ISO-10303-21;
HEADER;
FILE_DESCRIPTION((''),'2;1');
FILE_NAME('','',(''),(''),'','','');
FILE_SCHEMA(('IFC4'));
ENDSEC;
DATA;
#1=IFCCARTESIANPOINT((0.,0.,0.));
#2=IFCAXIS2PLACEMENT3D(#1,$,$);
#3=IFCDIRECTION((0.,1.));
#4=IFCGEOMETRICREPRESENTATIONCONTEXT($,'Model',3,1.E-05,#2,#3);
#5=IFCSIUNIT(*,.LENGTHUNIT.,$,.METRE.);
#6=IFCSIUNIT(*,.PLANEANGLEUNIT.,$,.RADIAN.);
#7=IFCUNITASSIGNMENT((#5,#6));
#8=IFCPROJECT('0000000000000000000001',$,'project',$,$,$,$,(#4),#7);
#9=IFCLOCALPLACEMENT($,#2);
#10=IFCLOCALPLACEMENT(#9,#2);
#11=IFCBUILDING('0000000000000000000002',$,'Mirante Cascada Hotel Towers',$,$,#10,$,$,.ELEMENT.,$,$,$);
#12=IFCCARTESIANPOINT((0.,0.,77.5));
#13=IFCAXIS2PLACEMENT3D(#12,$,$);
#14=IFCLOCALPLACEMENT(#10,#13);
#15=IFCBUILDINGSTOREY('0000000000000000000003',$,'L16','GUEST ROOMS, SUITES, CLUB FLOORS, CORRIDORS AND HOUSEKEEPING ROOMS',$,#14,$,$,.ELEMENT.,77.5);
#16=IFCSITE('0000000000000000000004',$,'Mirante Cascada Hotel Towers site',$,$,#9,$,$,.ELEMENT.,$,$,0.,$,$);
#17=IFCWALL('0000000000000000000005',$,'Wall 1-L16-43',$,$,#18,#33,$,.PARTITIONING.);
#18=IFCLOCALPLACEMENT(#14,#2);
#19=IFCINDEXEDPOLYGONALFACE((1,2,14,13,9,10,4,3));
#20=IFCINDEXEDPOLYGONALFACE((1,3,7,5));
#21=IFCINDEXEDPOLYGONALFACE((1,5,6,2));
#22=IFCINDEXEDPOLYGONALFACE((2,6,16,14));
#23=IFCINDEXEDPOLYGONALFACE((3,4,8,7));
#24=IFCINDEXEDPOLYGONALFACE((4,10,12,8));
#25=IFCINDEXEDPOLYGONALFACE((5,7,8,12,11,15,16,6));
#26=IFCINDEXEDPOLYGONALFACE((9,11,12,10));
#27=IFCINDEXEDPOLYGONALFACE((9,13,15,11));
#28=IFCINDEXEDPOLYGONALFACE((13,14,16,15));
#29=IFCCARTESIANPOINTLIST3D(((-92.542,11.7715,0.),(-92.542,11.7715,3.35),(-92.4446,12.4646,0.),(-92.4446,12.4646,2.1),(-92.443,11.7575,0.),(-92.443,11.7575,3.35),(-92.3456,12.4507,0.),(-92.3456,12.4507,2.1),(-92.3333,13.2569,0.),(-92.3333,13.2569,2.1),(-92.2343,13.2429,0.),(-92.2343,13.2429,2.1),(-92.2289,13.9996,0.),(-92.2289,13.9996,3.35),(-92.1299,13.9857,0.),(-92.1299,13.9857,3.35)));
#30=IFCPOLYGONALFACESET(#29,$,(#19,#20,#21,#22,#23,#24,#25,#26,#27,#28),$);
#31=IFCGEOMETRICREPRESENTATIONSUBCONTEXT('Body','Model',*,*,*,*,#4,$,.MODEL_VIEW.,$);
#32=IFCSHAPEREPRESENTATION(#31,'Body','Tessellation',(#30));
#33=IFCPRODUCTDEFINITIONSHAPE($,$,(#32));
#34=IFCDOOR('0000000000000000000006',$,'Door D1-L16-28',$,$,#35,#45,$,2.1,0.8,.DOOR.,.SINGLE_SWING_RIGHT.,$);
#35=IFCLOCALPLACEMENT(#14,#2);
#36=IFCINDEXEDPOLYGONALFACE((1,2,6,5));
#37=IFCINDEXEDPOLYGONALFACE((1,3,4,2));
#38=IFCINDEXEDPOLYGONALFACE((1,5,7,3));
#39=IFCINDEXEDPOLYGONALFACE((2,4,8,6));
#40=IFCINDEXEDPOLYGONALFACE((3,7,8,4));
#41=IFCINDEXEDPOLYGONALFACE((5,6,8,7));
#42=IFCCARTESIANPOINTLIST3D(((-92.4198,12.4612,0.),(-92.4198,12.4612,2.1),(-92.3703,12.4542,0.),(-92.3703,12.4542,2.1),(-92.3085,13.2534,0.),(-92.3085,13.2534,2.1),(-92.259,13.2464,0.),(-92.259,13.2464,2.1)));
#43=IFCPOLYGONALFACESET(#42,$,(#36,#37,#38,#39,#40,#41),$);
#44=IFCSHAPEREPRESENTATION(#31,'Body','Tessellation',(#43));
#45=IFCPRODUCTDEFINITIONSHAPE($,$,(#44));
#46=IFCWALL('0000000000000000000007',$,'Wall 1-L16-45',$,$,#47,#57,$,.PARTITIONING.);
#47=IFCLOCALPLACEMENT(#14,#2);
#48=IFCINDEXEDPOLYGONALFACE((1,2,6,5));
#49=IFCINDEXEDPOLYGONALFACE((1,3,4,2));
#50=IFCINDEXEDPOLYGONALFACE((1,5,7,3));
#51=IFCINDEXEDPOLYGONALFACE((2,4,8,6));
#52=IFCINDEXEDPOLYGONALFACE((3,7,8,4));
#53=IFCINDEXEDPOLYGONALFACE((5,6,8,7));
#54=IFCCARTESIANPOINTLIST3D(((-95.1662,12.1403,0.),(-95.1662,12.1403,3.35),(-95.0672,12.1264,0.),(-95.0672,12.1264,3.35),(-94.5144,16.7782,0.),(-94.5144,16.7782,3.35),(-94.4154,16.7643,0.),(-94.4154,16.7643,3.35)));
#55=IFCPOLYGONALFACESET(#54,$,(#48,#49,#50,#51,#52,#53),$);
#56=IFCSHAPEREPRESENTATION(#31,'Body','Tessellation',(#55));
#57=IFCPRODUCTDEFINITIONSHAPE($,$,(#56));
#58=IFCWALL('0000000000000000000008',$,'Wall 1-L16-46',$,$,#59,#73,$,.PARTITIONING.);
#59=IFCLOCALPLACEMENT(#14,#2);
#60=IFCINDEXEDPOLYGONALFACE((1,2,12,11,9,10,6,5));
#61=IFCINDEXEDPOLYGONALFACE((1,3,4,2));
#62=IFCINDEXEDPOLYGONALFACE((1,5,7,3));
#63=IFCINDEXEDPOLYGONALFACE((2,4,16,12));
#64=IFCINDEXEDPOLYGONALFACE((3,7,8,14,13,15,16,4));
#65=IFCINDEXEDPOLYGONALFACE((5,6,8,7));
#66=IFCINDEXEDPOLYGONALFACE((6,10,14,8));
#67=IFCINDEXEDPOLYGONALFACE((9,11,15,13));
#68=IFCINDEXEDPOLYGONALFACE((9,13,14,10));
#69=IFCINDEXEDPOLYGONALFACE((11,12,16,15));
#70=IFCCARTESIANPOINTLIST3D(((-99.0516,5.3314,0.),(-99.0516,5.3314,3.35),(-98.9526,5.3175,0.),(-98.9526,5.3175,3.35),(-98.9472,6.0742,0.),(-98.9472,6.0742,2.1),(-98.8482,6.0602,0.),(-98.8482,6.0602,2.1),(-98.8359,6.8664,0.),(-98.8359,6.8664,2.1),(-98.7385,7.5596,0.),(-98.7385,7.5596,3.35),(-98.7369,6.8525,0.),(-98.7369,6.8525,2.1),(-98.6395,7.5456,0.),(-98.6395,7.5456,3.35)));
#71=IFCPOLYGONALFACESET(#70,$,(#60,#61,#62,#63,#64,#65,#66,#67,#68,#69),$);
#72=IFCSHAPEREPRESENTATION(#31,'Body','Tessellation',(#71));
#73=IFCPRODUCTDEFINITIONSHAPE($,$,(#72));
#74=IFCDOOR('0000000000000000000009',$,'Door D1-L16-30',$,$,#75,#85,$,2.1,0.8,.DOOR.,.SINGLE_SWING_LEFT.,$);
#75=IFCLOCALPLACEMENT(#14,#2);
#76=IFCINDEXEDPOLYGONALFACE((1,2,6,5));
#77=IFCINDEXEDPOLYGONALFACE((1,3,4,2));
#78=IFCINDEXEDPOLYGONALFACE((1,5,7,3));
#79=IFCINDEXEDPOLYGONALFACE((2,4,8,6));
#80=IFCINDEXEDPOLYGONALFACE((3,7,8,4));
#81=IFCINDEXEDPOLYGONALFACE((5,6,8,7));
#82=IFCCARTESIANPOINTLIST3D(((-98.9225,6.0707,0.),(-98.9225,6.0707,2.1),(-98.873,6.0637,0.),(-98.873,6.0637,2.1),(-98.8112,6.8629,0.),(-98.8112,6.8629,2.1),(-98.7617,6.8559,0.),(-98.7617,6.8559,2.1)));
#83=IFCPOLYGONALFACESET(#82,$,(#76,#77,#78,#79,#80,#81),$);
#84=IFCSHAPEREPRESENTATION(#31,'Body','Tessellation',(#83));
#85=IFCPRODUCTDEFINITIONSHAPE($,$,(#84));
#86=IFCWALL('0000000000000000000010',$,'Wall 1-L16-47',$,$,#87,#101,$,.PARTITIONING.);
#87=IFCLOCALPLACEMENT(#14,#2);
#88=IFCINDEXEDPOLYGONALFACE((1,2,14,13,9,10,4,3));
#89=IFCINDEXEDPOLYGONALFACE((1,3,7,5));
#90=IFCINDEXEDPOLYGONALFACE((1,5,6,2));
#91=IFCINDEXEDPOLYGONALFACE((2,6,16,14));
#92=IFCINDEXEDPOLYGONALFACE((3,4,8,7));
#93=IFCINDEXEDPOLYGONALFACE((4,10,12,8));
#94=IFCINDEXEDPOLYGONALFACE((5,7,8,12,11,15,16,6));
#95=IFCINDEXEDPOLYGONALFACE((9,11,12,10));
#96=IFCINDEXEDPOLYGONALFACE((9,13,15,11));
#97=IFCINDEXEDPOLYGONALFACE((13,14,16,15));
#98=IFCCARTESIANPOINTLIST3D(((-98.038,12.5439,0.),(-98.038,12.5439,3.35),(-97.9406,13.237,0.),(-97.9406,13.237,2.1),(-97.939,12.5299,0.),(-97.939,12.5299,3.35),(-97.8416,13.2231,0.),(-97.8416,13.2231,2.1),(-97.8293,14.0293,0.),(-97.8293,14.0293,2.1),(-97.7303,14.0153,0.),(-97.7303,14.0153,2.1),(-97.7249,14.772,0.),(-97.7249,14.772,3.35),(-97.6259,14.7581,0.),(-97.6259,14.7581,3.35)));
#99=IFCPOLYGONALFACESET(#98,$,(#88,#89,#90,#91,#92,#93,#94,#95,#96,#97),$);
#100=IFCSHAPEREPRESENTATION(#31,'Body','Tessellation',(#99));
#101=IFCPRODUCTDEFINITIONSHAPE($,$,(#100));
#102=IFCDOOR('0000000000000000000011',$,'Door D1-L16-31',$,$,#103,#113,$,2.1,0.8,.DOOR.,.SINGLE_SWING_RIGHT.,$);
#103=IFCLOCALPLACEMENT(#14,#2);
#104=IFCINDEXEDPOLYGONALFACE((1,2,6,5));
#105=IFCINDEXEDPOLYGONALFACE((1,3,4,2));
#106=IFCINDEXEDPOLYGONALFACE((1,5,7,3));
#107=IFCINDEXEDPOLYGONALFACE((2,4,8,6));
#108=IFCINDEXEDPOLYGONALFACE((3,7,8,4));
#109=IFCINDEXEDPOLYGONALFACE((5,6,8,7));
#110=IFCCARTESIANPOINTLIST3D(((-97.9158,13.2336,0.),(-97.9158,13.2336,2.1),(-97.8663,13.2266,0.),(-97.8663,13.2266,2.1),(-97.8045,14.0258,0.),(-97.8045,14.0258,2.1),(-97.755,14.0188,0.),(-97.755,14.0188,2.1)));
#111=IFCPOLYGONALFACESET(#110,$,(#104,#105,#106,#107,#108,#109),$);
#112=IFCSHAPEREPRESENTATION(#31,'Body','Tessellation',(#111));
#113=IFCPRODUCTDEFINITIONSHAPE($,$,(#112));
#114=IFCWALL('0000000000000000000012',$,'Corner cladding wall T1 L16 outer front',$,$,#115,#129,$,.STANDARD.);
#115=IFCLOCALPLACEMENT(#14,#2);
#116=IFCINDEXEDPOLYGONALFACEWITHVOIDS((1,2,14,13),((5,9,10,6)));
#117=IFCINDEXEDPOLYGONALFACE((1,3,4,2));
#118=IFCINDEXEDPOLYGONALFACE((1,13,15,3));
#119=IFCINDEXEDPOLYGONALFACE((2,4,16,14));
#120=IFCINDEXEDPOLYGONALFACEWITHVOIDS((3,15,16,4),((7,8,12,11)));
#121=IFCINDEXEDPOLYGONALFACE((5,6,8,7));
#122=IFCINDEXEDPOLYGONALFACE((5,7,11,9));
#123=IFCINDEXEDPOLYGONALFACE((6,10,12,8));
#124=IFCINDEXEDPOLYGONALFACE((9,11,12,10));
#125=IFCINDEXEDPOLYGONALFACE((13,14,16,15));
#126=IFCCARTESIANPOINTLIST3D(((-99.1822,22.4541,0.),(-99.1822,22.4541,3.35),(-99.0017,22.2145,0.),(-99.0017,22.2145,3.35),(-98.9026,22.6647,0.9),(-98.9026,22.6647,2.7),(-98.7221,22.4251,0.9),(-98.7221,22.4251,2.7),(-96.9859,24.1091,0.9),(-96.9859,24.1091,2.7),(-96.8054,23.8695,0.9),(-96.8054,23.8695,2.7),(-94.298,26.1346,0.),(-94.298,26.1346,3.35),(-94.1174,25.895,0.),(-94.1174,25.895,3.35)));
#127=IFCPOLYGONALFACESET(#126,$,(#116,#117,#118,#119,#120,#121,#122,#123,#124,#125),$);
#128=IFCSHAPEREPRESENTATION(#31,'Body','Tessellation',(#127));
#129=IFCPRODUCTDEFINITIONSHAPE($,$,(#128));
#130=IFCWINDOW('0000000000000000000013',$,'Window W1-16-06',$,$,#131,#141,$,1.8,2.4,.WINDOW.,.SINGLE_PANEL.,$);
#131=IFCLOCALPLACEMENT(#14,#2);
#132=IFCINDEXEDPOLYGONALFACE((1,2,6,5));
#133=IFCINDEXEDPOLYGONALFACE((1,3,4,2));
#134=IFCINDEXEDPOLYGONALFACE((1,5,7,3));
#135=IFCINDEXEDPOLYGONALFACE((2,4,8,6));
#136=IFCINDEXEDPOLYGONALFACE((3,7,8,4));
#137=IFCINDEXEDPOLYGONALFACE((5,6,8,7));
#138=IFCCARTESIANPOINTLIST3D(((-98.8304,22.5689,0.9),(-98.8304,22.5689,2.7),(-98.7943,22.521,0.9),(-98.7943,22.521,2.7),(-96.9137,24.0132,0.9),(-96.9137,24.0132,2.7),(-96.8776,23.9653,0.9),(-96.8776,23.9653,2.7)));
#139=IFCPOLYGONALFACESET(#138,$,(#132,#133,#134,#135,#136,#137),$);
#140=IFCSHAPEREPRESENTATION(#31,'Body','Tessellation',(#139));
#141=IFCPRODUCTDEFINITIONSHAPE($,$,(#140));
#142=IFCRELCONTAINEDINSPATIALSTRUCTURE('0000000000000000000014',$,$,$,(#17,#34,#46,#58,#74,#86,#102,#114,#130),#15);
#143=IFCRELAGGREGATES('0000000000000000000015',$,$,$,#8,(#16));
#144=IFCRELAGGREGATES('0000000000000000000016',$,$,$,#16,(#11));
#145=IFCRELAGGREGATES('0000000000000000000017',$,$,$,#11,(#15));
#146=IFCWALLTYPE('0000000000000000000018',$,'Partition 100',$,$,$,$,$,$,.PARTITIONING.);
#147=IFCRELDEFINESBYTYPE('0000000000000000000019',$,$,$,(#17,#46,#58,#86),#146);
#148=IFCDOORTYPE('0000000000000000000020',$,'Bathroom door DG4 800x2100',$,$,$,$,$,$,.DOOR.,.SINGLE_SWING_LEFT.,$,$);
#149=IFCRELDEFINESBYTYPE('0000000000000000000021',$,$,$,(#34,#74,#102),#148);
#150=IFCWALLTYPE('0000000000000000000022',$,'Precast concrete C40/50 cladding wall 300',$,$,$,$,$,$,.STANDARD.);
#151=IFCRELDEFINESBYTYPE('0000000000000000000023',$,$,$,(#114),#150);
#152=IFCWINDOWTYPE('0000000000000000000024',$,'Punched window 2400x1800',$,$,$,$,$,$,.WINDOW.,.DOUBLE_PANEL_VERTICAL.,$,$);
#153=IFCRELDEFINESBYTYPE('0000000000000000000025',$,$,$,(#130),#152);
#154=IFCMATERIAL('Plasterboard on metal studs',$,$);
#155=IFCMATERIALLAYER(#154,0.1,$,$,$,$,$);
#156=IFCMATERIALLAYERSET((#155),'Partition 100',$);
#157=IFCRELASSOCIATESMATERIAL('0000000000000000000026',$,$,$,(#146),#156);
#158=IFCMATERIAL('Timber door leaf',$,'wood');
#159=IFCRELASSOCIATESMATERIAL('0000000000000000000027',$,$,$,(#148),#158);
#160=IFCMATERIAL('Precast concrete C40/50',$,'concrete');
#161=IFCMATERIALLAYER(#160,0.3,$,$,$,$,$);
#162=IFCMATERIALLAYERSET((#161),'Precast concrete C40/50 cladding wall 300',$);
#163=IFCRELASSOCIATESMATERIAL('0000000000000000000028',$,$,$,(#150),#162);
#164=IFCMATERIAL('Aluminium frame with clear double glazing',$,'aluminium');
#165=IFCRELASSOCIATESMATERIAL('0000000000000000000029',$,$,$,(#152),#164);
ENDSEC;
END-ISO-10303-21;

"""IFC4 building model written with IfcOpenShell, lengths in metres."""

from ifc_helpers import new_model, si_unit, direction, frame, frame_2d, origin, place, context, subcontext, project, spatial, rectangle, extrude, material, layer, layer_set, type_object, element, fill, save


model = new_model("IFC4")

# Units and contexts
model_context = context("Model", 3, precision=1e-05, world=origin(), true_north=direction((0.0, 1.0)))
body_context = subcontext(model_context, "Body", "Model", "MODEL_VIEW")
ifc_project = project(units=[si_unit("LENGTHUNIT", "METRE"), si_unit("PLANEANGLEUNIT", "RADIAN")], contexts=[model_context])

# Site, building, storey
site_placement = place(None, origin())
site = spatial("IfcSite", under=ifc_project, at=site_placement, Name="Mirante Cascada Hotel Towers site", CompositionType="ELEMENT", RefElevation=0.0)
building_placement = place(site_placement, origin())
building = spatial("IfcBuilding", under=site, at=building_placement, Name="Mirante Cascada Hotel Towers", CompositionType="ELEMENT")
storey_placement = place(building_placement, frame((0.0, 0.0, 77.5)))
storey = spatial("IfcBuildingStorey", under=building, at=storey_placement, Name="L16", Description="GUEST ROOMS, SUITES, CLUB FLOORS, CORRIDORS AND HOUSEKEEPING ROOMS", CompositionType="ELEMENT", Elevation=77.5)

# Shared definitions
ifc_material_1 = material(Name="Plasterboard on metal studs")
ifc_layer_1 = layer(ifc_material_1, 0.1)
ifc_layer_set_1 = layer_set([ifc_layer_1], Name="Partition 100")
wall_type_1 = type_object("IfcWallType", Name="Partition 100", PredefinedType="PARTITIONING", material=ifc_layer_set_1)

# Wall, opening, door
wall_1_placement = place(storey_placement, frame((-92.4925, 11.7645, 0.0), z_axis=(0.0, 0.0, 1.0), x_axis=(0.139156, 0.990271, 0.0)))
wall_1 = element("IfcWall", 1, at=wall_1_placement, inside=storey, type_object=wall_type_1, Name="Wall 1-L16-43", PredefinedType="PARTITIONING", context=body_context, shape_type="SweptSolid", body=[
    extrude(rectangle(XDim=2.25, YDim=0.1, at=frame_2d((1.125, 0.0))), origin(), (0.0, 0.0, 1.0), 3.35),
])
opening_1_placement = place(wall_1_placement, frame((0.7, 0.0, 0.0)))
opening_1 = element("IfcOpeningElement", 2, at=opening_1_placement, cuts=wall_1, PredefinedType="OPENING", context=body_context, shape_type="SweptSolid", body=[
    extrude(rectangle(XDim=0.8, YDim=2.1, at=frame_2d((0.4, 1.05))), frame((0.0, 0.05, 0.0), z_axis=(0.0, -1.0, 0.0), x_axis=(1.0, 0.0, 0.0)), (0.0, 0.0, 1.0), 0.1),
])
ifc_material_2 = material(Name="Timber door leaf", Category="wood")
door_type_1 = type_object("IfcDoorType", Name="Bathroom door DG4 800x2100", OperationType="SINGLE_SWING_LEFT", PredefinedType="DOOR", material=ifc_material_2)
door_1_placement = place(opening_1_placement, frame((0.8, 0.0, 0.0), z_axis=(0.0, 0.0, 1.0), x_axis=(-1.0, 0.0, 0.0)))
door_1 = element("IfcDoor", 3, at=door_1_placement, inside=storey, type_object=door_type_1, Name="Door D1-L16-28", OperationType="SINGLE_SWING_RIGHT", OverallHeight=2.1, OverallWidth=0.8, PredefinedType="DOOR", context=body_context, shape_type="SweptSolid", body=[
    extrude(rectangle(XDim=0.8, YDim=2.1, at=frame_2d((0.4, 1.05))), frame((0.0, 0.025, 0.0), z_axis=(0.0, -1.0, 0.0), x_axis=(1.0, 0.0, 0.0)), (0.0, 0.0, 1.0), 0.05),
])
fill(opening_1, door_1)

# Wall
wall_2_placement = place(storey_placement, frame((-95.1167, 12.1333, 0.0), z_axis=(0.0, 0.0, 1.0), x_axis=(0.13917, 0.990268, 0.0)))
element("IfcWall", 4, at=wall_2_placement, inside=storey, type_object=wall_type_1, Name="Wall 1-L16-45", PredefinedType="PARTITIONING", context=body_context, shape_type="SweptSolid", body=[
    extrude(rectangle(XDim=4.6835, YDim=0.1, at=frame_2d((2.3418, 0.0))), origin(), (0.0, 0.0, 1.0), 3.35),
])

# Walls, openings, doors
wall_3_placement = place(storey_placement, frame((-98.689, 7.5526, 0.0), z_axis=(0.0, 0.0, 1.0), x_axis=(-0.139156, -0.990271, 0.0)))
wall_3 = element("IfcWall", 5, at=wall_3_placement, inside=storey, type_object=wall_type_1, Name="Wall 1-L16-46", PredefinedType="PARTITIONING", context=body_context, shape_type="SweptSolid", body=[
    extrude(rectangle(XDim=2.25, YDim=0.1, at=frame_2d((1.125, 0.0))), origin(), (0.0, 0.0, 1.0), 3.35),
])
opening_2_placement = place(wall_3_placement, frame((0.7, 0.0, 0.0)))
opening_2 = element("IfcOpeningElement", 6, at=opening_2_placement, cuts=wall_3, PredefinedType="OPENING", context=body_context, shape_type="SweptSolid", body=[
    extrude(rectangle(XDim=0.8, YDim=2.1, at=frame_2d((0.4, 1.05))), frame((0.0, 0.05, 0.0), z_axis=(0.0, -1.0, 0.0), x_axis=(1.0, 0.0, 0.0)), (0.0, 0.0, 1.0), 0.1),
])
door_2_placement = place(opening_2_placement, origin())
door_2 = element("IfcDoor", 7, at=door_2_placement, inside=storey, type_object=door_type_1, Name="Door D1-L16-30", OperationType="SINGLE_SWING_LEFT", OverallHeight=2.1, OverallWidth=0.8, PredefinedType="DOOR", context=body_context, shape_type="SweptSolid", body=[
    extrude(rectangle(XDim=0.8, YDim=2.1, at=frame_2d((0.4, 1.05))), frame((0.0, 0.025, 0.0), z_axis=(0.0, -1.0, 0.0), x_axis=(1.0, 0.0, 0.0)), (0.0, 0.0, 1.0), 0.05),
])
fill(opening_2, door_2)
wall_4_placement = place(storey_placement, frame((-97.9885, 12.5369, 0.0), z_axis=(0.0, 0.0, 1.0), x_axis=(0.139156, 0.990271, 0.0)))
wall_4 = element("IfcWall", 8, at=wall_4_placement, inside=storey, type_object=wall_type_1, Name="Wall 1-L16-47", PredefinedType="PARTITIONING", context=body_context, shape_type="SweptSolid", body=[
    extrude(rectangle(XDim=2.25, YDim=0.1, at=frame_2d((1.125, 0.0))), origin(), (0.0, 0.0, 1.0), 3.35),
])
opening_3_placement = place(wall_4_placement, frame((0.7, 0.0, 0.0)))
opening_3 = element("IfcOpeningElement", 9, at=opening_3_placement, cuts=wall_4, PredefinedType="OPENING", context=body_context, shape_type="SweptSolid", body=[
    extrude(rectangle(XDim=0.8, YDim=2.1, at=frame_2d((0.4, 1.05))), frame((0.0, 0.05, 0.0), z_axis=(0.0, -1.0, 0.0), x_axis=(1.0, 0.0, 0.0)), (0.0, 0.0, 1.0), 0.1),
])
door_3_placement = place(opening_3_placement, frame((0.8, 0.0, 0.0), z_axis=(0.0, 0.0, 1.0), x_axis=(-1.0, 0.0, 0.0)))
door_3 = element("IfcDoor", 10, at=door_3_placement, inside=storey, type_object=door_type_1, Name="Door D1-L16-31", OperationType="SINGLE_SWING_RIGHT", OverallHeight=2.1, OverallWidth=0.8, PredefinedType="DOOR", context=body_context, shape_type="SweptSolid", body=[
    extrude(rectangle(XDim=0.8, YDim=2.1, at=frame_2d((0.4, 1.05))), frame((0.0, 0.025, 0.0), z_axis=(0.0, -1.0, 0.0), x_axis=(1.0, 0.0, 0.0)), (0.0, 0.0, 1.0), 0.05),
])
fill(opening_3, door_3)

# Wall, opening, window
ifc_material_3 = material(Name="Precast concrete C40/50", Category="concrete")
ifc_layer_2 = layer(ifc_material_3, 0.3)
ifc_layer_set_2 = layer_set([ifc_layer_2], Name="Precast concrete C40/50 cladding wall 300")
wall_type_2 = type_object("IfcWallType", Name="Precast concrete C40/50 cladding wall 300", PredefinedType="STANDARD", material=ifc_layer_set_2)
wall_5_placement = place(storey_placement, frame((-99.0919, 22.3343, 0.0), z_axis=(0.0, 0.0, 1.0), x_axis=(0.798636, 0.601814, 0.0)))
wall_5 = element("IfcWall", 11, at=wall_5_placement, inside=storey, type_object=wall_type_2, Name="Corner cladding wall T1 L16 outer front", PredefinedType="STANDARD", context=body_context, shape_type="SweptSolid", body=[
    extrude(rectangle(XDim=6.1157, YDim=0.3, at=frame_2d((3.0578, 0.0))), origin(), (0.0, 0.0, 1.0), 3.35),
])
opening_4_placement = place(wall_5_placement, frame((0.35, 0.0, 0.9)))
opening_4 = element("IfcOpeningElement", 12, at=opening_4_placement, cuts=wall_5, PredefinedType="OPENING", context=body_context, shape_type="SweptSolid", body=[
    extrude(rectangle(XDim=2.4, YDim=1.8, at=frame_2d((1.2, 0.9))), frame((0.0, 0.15, 0.0), z_axis=(0.0, -1.0, 0.0), x_axis=(1.0, 0.0, 0.0)), (0.0, 0.0, 1.0), 0.3),
])
ifc_material_4 = material(Name="Aluminium frame with clear double glazing", Category="aluminium")
window_type = type_object("IfcWindowType", Name="Punched window 2400x1800", PartitioningType="DOUBLE_PANEL_VERTICAL", PredefinedType="WINDOW", material=ifc_material_4)
window_placement = place(opening_4_placement, origin())
window = element("IfcWindow", 13, at=window_placement, inside=storey, type_object=window_type, Name="Window W1-16-06", OverallHeight=1.8, OverallWidth=2.4, PartitioningType="SINGLE_PANEL", PredefinedType="WINDOW", context=body_context, shape_type="SweptSolid", body=[
    extrude(rectangle(XDim=2.4, YDim=1.8, at=frame_2d((1.2, 0.9))), frame((0.0, 0.03, 0.0), z_axis=(0.0, -1.0, 0.0), x_axis=(1.0, 0.0, 0.0)), (0.0, 0.0, 1.0), 0.06),
])
fill(opening_4, window)

save(model, "model.ifc")
